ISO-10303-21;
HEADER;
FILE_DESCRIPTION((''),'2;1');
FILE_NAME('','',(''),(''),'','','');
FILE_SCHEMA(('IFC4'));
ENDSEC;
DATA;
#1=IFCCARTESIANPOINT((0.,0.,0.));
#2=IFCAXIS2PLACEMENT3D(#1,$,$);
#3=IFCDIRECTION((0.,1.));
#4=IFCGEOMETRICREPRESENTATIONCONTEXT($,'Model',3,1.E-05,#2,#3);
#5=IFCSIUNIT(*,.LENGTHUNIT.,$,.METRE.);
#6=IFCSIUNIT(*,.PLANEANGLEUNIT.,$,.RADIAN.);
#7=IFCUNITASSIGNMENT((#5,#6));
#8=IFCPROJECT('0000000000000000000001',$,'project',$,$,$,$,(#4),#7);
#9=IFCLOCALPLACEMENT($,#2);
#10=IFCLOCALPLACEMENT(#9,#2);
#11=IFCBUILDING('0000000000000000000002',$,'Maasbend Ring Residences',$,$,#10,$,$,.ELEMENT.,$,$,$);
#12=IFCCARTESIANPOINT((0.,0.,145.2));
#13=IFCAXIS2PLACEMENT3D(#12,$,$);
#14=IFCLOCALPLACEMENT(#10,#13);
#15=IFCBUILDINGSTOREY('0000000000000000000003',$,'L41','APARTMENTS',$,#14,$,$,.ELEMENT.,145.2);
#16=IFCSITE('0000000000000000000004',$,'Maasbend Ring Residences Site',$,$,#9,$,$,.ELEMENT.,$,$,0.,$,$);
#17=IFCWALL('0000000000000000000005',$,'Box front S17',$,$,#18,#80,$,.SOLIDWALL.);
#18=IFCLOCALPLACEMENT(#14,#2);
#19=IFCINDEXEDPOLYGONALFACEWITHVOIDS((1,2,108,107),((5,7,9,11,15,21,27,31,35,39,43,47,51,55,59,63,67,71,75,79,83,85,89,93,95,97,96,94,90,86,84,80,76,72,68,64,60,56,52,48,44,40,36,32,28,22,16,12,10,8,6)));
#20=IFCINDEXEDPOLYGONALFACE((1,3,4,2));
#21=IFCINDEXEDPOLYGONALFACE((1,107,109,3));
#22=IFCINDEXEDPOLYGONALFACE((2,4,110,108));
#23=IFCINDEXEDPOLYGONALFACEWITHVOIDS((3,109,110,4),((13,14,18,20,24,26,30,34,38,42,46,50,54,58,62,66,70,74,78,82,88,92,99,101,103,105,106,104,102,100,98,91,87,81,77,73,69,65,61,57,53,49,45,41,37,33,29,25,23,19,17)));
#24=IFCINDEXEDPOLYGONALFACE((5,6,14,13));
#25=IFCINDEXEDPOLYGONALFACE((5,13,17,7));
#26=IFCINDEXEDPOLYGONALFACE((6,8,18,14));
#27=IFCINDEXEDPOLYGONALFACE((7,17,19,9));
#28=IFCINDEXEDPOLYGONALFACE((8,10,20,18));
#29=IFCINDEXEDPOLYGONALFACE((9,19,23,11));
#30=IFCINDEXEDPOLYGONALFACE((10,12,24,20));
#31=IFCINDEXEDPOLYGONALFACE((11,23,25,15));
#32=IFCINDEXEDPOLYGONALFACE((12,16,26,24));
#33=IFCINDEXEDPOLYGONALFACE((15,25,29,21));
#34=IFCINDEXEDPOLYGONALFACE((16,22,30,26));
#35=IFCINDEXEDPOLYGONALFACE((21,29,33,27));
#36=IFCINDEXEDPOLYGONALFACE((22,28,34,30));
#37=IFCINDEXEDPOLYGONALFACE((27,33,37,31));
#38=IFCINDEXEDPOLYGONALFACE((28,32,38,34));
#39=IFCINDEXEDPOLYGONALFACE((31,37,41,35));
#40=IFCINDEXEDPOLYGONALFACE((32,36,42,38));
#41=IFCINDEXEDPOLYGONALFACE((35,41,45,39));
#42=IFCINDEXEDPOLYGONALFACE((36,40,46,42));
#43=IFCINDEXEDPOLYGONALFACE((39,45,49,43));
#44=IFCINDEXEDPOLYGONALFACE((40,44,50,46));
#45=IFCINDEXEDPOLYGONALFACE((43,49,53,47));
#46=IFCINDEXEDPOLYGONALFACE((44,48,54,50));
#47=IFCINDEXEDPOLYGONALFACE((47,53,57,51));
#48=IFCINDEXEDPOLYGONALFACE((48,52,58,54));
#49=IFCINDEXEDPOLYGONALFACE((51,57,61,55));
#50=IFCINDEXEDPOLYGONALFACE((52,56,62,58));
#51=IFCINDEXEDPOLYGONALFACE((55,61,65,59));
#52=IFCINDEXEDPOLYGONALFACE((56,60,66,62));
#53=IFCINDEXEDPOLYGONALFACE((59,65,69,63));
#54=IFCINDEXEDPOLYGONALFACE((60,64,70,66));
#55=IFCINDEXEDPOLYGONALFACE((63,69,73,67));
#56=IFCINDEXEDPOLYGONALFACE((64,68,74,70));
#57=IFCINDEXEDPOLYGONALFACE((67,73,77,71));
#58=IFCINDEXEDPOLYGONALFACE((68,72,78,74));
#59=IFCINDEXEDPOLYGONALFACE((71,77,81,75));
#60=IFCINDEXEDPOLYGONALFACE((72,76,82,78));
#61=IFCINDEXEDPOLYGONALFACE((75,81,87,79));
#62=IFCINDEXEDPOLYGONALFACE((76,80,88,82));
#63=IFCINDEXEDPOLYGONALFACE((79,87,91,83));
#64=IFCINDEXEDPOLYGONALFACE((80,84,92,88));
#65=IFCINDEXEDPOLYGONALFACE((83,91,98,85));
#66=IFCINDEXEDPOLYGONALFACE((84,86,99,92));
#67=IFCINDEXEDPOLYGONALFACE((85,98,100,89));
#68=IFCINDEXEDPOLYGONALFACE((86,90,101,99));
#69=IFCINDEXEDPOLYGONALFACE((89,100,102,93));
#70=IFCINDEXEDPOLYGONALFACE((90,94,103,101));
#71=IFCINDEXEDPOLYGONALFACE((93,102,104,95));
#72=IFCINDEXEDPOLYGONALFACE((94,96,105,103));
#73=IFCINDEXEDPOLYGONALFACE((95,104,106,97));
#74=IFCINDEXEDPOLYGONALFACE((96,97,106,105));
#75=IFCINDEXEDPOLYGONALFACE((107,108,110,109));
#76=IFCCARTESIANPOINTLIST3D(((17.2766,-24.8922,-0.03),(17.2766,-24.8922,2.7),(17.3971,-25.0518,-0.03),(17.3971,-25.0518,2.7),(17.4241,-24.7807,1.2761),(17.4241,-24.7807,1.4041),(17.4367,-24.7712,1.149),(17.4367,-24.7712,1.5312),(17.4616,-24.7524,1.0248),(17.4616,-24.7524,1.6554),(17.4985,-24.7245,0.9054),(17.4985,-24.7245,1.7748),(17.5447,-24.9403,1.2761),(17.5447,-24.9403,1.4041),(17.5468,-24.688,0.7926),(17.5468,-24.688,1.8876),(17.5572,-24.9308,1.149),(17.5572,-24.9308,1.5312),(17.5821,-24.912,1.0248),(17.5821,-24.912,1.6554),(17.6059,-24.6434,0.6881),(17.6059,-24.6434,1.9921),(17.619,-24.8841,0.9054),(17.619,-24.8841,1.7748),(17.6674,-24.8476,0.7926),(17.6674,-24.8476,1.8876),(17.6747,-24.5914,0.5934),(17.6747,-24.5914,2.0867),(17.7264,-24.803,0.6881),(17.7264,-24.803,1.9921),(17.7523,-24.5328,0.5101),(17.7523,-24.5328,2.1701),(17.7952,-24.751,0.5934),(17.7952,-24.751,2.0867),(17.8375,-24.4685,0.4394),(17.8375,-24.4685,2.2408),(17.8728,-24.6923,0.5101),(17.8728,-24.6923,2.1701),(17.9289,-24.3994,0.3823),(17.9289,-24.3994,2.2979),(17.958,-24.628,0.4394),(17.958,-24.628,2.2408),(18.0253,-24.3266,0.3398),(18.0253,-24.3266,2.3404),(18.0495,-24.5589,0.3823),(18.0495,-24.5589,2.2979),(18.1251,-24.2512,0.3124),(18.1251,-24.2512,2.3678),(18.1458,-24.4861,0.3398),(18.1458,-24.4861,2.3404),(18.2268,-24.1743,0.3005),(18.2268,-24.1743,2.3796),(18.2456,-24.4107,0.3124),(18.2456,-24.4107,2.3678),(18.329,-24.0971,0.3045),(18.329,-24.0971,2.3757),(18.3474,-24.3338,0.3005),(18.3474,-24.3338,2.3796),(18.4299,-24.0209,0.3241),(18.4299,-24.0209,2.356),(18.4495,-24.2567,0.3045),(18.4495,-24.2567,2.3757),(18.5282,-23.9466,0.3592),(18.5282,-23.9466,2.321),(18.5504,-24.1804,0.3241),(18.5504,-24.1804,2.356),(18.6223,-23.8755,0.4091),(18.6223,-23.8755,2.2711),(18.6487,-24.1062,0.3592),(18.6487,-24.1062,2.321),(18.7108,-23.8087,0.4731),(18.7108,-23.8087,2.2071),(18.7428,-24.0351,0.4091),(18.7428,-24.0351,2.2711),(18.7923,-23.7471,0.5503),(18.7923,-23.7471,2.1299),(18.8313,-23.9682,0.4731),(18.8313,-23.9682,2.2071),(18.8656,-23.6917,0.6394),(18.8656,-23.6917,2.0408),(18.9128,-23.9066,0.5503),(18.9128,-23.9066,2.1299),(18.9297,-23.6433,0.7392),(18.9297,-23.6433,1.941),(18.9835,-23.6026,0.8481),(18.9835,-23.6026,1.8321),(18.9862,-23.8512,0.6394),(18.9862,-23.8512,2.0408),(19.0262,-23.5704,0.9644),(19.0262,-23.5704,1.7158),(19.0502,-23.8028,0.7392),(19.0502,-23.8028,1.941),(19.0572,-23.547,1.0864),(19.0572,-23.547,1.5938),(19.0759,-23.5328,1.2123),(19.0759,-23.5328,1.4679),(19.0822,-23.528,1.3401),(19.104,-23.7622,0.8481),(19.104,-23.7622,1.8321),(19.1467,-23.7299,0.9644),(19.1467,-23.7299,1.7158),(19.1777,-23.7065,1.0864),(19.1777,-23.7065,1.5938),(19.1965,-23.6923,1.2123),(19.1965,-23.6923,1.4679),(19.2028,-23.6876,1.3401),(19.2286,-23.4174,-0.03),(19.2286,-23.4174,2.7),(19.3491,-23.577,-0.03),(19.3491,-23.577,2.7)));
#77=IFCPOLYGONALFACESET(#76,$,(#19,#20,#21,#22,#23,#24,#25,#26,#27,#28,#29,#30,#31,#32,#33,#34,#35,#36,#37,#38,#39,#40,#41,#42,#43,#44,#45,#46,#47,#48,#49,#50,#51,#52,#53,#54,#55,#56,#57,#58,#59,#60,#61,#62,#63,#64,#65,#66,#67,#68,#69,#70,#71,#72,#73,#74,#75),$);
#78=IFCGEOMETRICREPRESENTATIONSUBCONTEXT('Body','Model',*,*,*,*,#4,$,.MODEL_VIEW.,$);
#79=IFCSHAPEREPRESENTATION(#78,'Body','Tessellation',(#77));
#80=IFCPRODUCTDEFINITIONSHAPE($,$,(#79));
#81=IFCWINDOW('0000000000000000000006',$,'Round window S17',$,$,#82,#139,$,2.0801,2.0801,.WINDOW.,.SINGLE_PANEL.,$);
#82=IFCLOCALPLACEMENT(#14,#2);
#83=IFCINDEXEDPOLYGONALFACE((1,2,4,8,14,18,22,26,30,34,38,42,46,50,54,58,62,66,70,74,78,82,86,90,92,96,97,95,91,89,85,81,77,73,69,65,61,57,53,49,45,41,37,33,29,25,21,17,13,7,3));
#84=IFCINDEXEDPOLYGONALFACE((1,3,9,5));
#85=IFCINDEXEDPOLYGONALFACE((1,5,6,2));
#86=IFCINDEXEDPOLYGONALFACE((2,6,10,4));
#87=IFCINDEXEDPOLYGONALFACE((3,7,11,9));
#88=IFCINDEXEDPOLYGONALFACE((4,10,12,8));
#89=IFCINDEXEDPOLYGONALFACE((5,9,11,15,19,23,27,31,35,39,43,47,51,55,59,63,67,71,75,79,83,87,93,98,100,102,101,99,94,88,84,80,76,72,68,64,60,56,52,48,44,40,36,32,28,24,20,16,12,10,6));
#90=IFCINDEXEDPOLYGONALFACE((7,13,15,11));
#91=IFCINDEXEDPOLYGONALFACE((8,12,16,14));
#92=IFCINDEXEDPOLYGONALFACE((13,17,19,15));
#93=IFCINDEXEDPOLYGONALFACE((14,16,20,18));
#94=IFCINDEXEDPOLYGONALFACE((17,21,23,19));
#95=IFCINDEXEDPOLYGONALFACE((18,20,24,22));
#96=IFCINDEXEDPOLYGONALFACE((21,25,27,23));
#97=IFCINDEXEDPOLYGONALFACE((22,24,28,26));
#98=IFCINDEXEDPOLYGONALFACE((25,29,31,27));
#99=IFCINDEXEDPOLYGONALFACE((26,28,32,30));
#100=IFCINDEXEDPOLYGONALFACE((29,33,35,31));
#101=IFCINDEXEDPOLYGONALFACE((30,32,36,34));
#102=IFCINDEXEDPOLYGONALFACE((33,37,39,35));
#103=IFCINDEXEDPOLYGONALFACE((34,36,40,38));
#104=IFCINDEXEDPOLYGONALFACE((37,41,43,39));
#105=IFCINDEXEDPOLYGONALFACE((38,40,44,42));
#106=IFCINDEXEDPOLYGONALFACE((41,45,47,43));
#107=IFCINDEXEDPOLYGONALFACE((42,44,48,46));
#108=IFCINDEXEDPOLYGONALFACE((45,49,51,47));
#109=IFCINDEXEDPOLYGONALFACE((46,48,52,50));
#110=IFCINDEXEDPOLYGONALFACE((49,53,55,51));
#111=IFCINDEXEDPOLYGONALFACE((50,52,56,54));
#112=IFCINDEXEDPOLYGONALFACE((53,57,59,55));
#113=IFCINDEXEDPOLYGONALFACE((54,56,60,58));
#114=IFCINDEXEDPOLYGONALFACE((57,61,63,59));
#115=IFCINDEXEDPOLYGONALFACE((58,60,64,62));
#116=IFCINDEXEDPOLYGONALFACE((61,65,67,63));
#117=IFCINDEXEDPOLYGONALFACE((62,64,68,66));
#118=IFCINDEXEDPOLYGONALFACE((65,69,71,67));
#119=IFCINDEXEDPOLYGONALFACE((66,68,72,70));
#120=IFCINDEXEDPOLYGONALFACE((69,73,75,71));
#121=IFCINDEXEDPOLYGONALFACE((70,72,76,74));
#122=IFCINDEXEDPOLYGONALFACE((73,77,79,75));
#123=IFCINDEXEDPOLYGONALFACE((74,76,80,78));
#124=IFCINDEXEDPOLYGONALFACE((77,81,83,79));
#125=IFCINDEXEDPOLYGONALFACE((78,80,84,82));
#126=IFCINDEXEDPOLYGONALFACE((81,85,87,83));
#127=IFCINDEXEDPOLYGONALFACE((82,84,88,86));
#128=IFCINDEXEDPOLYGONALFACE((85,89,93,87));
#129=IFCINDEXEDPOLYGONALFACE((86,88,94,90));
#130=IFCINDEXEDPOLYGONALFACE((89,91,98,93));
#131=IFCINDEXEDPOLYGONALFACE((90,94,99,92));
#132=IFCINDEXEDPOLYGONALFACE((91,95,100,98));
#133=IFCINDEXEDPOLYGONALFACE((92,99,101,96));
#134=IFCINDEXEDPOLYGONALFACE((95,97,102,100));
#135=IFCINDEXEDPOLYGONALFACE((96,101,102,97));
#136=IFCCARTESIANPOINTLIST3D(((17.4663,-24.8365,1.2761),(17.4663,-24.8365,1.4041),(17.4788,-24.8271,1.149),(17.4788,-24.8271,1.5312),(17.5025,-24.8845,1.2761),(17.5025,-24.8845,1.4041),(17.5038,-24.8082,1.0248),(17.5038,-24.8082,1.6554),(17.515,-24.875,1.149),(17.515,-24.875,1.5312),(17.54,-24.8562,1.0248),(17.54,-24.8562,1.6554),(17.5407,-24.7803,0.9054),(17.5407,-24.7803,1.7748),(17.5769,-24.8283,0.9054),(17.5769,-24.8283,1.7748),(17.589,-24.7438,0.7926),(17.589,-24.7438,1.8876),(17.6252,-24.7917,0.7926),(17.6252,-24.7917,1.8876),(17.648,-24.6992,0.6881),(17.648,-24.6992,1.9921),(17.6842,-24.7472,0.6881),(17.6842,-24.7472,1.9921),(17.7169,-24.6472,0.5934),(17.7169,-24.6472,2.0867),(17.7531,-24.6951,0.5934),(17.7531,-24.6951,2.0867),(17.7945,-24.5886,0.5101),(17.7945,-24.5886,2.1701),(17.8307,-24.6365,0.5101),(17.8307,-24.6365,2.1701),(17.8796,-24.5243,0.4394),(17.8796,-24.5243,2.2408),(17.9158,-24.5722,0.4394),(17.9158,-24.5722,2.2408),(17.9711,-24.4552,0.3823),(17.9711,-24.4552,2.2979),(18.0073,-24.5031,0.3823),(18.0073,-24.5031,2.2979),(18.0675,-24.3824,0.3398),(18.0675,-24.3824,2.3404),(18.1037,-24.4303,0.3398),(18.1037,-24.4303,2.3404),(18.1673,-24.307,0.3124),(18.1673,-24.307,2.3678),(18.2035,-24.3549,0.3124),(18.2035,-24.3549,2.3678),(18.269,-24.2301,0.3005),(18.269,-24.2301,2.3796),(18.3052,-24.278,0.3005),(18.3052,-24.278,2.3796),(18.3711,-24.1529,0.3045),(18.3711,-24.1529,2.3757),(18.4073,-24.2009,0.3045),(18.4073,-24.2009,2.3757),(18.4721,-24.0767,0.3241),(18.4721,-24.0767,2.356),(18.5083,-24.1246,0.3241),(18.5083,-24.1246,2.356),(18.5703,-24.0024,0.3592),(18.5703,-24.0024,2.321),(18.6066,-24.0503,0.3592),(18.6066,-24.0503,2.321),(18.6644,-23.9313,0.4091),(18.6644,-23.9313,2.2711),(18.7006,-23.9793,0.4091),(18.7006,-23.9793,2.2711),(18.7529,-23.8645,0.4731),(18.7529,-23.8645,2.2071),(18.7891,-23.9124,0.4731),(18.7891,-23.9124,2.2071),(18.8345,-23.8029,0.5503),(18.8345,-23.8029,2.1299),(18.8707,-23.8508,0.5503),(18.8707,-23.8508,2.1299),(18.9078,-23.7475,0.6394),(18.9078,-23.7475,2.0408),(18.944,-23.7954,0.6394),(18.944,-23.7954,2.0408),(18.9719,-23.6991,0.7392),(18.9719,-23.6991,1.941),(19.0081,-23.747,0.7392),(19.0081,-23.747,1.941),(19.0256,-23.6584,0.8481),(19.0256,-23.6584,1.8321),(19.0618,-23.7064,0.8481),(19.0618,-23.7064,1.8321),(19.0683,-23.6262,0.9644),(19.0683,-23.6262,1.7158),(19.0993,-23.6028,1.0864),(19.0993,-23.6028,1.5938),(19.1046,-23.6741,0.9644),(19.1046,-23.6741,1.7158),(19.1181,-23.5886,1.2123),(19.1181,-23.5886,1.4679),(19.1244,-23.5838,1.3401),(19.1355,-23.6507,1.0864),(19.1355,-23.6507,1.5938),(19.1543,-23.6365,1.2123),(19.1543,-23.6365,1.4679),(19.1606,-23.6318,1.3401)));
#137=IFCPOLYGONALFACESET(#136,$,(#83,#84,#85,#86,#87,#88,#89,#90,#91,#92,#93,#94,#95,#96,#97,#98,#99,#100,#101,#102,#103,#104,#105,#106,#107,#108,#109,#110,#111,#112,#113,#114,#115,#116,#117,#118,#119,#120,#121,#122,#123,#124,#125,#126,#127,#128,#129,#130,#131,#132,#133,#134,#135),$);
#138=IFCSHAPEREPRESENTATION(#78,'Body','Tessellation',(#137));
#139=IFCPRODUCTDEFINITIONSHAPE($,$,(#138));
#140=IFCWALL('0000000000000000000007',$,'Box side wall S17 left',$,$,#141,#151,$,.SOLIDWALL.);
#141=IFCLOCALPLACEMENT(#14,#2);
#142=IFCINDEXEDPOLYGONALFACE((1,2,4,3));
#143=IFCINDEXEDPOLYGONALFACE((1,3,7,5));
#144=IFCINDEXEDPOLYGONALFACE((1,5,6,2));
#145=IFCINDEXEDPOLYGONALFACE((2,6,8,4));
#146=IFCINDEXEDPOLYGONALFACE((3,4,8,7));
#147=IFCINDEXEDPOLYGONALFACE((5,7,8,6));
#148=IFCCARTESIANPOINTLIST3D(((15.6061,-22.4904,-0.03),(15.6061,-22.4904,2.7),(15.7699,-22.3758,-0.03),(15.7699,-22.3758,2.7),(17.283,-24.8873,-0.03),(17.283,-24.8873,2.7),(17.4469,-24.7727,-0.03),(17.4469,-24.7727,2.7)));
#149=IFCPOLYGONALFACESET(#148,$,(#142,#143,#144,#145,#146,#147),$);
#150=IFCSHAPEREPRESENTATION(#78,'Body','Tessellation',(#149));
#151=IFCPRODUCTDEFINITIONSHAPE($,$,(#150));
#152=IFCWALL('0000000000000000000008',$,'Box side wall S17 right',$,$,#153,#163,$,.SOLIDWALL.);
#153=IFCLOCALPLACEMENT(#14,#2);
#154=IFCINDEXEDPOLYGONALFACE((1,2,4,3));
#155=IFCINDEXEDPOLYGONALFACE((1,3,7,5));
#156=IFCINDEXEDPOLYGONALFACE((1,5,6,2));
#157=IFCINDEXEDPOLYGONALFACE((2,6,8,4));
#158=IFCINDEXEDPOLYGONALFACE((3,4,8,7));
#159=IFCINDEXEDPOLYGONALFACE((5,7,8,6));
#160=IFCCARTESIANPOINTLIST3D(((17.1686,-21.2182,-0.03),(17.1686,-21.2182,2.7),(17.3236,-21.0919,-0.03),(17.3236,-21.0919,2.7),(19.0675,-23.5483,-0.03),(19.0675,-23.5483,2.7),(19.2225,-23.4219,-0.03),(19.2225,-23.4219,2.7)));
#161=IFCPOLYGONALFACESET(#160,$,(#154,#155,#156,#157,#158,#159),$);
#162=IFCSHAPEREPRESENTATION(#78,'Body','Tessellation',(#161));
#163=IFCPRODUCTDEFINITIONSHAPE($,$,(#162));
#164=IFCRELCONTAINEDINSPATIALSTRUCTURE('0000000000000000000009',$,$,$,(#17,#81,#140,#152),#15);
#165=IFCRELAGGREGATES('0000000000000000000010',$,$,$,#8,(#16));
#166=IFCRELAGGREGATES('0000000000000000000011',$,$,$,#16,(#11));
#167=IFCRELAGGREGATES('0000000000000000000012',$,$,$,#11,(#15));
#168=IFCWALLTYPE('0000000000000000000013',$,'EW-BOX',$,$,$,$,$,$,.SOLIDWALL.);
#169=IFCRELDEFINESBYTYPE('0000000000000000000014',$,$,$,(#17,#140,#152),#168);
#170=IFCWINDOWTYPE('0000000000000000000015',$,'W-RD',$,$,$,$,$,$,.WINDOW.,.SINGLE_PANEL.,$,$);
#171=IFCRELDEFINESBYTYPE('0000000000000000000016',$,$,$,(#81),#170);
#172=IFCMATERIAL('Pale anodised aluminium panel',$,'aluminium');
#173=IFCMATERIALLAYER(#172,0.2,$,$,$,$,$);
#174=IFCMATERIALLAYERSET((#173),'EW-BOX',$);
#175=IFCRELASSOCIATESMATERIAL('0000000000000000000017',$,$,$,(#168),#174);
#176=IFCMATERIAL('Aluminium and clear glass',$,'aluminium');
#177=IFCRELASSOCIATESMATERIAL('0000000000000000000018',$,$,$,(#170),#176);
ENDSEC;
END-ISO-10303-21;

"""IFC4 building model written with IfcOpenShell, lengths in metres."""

from ifc_helpers import new_model, si_unit, direction, frame, frame_2d, origin, place, context, subcontext, project, spatial, rectangle, circle, extrude, material, layer, layer_set, type_object, element, fill, save


model = new_model("IFC4")

# Units and contexts
model_context = context("Model", 3, precision=1e-05, world=origin(), true_north=direction((0.0, 1.0)))
body_context = subcontext(model_context, "Body", "Model", "MODEL_VIEW")
ifc_project = project(units=[si_unit("LENGTHUNIT", "METRE"), si_unit("PLANEANGLEUNIT", "RADIAN")], contexts=[model_context])

# Site, building, storey
site_placement = place(None, origin())
site = spatial("IfcSite", under=ifc_project, at=site_placement, Name="Maasbend Ring Residences Site", CompositionType="ELEMENT", RefElevation=0.0)
building_placement = place(site_placement, origin())
building = spatial("IfcBuilding", under=site, at=building_placement, Name="Maasbend Ring Residences", CompositionType="ELEMENT")
storey_placement = place(building_placement, frame((0.0, 0.0, 145.2)))
storey = spatial("IfcBuildingStorey", under=building, at=storey_placement, Name="L41", Description="APARTMENTS", CompositionType="ELEMENT", Elevation=145.2)

# Shared definitions
ifc_material_1 = material(Name="Pale anodised aluminium panel", Category="aluminium")
ifc_layer_1 = layer(ifc_material_1, 0.2)
ifc_layer_set_1 = layer_set([ifc_layer_1], Name="EW-BOX")
wall_type_1 = type_object("IfcWallType", Name="EW-BOX", PredefinedType="SOLIDWALL", material=ifc_layer_set_1)
ifc_material_2 = material(Name="Aluminium and clear glass", Category="aluminium")
window_type_1 = type_object("IfcWindowType", Name="W-RD", PartitioningType="SINGLE_PANEL", PredefinedType="WINDOW", material=ifc_material_2)

# Wall, opening, window
wall_1_placement = place(storey_placement, frame((17.3369, -24.9719, -0.03), z_axis=(0.0, 0.0, 1.0), x_axis=(0.797888, 0.602806, 0.0)))
wall_1 = element("IfcWall", 1, at=wall_1_placement, inside=storey, type_object=wall_type_1, Name="Box front S17", PredefinedType="SOLIDWALL", context=body_context, shape_type="SweptSolid", body=[
    extrude(rectangle(XDim=2.4465, YDim=0.2, at=frame_2d((1.2231, 0.0))), origin(), (0.0, 0.0, 1.0), 2.73),
])
opening_1_placement = place(wall_1_placement, frame((0.1829, 0.0, 0.3301)))
opening_1 = element("IfcOpeningElement", 2, at=opening_1_placement, cuts=wall_1, PredefinedType="OPENING", context=body_context, shape_type="SweptSolid", body=[
    extrude(circle(Radius=1.04, at=frame_2d((1.04, 1.04))), frame((0.0, 0.1099, 0.0), z_axis=(0.0, -1.0, 0.0), x_axis=(1.0, 0.0, 0.0)), (0.0, 0.0, 1.0), 0.22),
])
window_1_placement = place(opening_1_placement, origin())
window_1 = element("IfcWindow", 3, at=window_1_placement, inside=storey, type_object=window_type_1, Name="Round window S17", OverallHeight=2.0801, OverallWidth=2.0801, PartitioningType="SINGLE_PANEL", PredefinedType="WINDOW", context=body_context, shape_type="SweptSolid", body=[
    extrude(circle(Radius=1.04, at=frame_2d((1.04, 1.04))), frame((0.0, 0.03, 0.0), z_axis=(0.0, -1.0, 0.0), x_axis=(1.0, 0.0, 0.0)), (0.0, 0.0, 1.0), 0.0601),
])
fill(opening_1, window_1)

# Walls
wall_2_placement = place(storey_placement, frame((15.688, -22.4331, -0.03), z_axis=(0.0, 0.0, 1.0), x_axis=(0.573261, -0.819373, 0.0)))
element("IfcWall", 4, at=wall_2_placement, inside=storey, type_object=wall_type_1, Name="Box side wall S17 left", PredefinedType="SOLIDWALL", context=body_context, shape_type="SweptSolid", body=[
    extrude(rectangle(XDim=2.9253, YDim=0.2, at=frame_2d((1.4626, 0.0))), origin(), (0.0, 0.0, 1.0), 2.73),
])
wall_3_placement = place(storey_placement, frame((17.2461, -21.155, -0.03), z_axis=(0.0, 0.0, 1.0), x_axis=(0.631742, -0.775179, 0.0)))
element("IfcWall", 5, at=wall_3_placement, inside=storey, type_object=wall_type_1, Name="Box side wall S17 right", PredefinedType="SOLIDWALL", context=body_context, shape_type="SweptSolid", body=[
    extrude(rectangle(XDim=3.0059, YDim=0.2, at=frame_2d((1.5029, 0.0))), origin(), (0.0, 0.0, 1.0), 2.73),
])

save(model, "model.ifc")
